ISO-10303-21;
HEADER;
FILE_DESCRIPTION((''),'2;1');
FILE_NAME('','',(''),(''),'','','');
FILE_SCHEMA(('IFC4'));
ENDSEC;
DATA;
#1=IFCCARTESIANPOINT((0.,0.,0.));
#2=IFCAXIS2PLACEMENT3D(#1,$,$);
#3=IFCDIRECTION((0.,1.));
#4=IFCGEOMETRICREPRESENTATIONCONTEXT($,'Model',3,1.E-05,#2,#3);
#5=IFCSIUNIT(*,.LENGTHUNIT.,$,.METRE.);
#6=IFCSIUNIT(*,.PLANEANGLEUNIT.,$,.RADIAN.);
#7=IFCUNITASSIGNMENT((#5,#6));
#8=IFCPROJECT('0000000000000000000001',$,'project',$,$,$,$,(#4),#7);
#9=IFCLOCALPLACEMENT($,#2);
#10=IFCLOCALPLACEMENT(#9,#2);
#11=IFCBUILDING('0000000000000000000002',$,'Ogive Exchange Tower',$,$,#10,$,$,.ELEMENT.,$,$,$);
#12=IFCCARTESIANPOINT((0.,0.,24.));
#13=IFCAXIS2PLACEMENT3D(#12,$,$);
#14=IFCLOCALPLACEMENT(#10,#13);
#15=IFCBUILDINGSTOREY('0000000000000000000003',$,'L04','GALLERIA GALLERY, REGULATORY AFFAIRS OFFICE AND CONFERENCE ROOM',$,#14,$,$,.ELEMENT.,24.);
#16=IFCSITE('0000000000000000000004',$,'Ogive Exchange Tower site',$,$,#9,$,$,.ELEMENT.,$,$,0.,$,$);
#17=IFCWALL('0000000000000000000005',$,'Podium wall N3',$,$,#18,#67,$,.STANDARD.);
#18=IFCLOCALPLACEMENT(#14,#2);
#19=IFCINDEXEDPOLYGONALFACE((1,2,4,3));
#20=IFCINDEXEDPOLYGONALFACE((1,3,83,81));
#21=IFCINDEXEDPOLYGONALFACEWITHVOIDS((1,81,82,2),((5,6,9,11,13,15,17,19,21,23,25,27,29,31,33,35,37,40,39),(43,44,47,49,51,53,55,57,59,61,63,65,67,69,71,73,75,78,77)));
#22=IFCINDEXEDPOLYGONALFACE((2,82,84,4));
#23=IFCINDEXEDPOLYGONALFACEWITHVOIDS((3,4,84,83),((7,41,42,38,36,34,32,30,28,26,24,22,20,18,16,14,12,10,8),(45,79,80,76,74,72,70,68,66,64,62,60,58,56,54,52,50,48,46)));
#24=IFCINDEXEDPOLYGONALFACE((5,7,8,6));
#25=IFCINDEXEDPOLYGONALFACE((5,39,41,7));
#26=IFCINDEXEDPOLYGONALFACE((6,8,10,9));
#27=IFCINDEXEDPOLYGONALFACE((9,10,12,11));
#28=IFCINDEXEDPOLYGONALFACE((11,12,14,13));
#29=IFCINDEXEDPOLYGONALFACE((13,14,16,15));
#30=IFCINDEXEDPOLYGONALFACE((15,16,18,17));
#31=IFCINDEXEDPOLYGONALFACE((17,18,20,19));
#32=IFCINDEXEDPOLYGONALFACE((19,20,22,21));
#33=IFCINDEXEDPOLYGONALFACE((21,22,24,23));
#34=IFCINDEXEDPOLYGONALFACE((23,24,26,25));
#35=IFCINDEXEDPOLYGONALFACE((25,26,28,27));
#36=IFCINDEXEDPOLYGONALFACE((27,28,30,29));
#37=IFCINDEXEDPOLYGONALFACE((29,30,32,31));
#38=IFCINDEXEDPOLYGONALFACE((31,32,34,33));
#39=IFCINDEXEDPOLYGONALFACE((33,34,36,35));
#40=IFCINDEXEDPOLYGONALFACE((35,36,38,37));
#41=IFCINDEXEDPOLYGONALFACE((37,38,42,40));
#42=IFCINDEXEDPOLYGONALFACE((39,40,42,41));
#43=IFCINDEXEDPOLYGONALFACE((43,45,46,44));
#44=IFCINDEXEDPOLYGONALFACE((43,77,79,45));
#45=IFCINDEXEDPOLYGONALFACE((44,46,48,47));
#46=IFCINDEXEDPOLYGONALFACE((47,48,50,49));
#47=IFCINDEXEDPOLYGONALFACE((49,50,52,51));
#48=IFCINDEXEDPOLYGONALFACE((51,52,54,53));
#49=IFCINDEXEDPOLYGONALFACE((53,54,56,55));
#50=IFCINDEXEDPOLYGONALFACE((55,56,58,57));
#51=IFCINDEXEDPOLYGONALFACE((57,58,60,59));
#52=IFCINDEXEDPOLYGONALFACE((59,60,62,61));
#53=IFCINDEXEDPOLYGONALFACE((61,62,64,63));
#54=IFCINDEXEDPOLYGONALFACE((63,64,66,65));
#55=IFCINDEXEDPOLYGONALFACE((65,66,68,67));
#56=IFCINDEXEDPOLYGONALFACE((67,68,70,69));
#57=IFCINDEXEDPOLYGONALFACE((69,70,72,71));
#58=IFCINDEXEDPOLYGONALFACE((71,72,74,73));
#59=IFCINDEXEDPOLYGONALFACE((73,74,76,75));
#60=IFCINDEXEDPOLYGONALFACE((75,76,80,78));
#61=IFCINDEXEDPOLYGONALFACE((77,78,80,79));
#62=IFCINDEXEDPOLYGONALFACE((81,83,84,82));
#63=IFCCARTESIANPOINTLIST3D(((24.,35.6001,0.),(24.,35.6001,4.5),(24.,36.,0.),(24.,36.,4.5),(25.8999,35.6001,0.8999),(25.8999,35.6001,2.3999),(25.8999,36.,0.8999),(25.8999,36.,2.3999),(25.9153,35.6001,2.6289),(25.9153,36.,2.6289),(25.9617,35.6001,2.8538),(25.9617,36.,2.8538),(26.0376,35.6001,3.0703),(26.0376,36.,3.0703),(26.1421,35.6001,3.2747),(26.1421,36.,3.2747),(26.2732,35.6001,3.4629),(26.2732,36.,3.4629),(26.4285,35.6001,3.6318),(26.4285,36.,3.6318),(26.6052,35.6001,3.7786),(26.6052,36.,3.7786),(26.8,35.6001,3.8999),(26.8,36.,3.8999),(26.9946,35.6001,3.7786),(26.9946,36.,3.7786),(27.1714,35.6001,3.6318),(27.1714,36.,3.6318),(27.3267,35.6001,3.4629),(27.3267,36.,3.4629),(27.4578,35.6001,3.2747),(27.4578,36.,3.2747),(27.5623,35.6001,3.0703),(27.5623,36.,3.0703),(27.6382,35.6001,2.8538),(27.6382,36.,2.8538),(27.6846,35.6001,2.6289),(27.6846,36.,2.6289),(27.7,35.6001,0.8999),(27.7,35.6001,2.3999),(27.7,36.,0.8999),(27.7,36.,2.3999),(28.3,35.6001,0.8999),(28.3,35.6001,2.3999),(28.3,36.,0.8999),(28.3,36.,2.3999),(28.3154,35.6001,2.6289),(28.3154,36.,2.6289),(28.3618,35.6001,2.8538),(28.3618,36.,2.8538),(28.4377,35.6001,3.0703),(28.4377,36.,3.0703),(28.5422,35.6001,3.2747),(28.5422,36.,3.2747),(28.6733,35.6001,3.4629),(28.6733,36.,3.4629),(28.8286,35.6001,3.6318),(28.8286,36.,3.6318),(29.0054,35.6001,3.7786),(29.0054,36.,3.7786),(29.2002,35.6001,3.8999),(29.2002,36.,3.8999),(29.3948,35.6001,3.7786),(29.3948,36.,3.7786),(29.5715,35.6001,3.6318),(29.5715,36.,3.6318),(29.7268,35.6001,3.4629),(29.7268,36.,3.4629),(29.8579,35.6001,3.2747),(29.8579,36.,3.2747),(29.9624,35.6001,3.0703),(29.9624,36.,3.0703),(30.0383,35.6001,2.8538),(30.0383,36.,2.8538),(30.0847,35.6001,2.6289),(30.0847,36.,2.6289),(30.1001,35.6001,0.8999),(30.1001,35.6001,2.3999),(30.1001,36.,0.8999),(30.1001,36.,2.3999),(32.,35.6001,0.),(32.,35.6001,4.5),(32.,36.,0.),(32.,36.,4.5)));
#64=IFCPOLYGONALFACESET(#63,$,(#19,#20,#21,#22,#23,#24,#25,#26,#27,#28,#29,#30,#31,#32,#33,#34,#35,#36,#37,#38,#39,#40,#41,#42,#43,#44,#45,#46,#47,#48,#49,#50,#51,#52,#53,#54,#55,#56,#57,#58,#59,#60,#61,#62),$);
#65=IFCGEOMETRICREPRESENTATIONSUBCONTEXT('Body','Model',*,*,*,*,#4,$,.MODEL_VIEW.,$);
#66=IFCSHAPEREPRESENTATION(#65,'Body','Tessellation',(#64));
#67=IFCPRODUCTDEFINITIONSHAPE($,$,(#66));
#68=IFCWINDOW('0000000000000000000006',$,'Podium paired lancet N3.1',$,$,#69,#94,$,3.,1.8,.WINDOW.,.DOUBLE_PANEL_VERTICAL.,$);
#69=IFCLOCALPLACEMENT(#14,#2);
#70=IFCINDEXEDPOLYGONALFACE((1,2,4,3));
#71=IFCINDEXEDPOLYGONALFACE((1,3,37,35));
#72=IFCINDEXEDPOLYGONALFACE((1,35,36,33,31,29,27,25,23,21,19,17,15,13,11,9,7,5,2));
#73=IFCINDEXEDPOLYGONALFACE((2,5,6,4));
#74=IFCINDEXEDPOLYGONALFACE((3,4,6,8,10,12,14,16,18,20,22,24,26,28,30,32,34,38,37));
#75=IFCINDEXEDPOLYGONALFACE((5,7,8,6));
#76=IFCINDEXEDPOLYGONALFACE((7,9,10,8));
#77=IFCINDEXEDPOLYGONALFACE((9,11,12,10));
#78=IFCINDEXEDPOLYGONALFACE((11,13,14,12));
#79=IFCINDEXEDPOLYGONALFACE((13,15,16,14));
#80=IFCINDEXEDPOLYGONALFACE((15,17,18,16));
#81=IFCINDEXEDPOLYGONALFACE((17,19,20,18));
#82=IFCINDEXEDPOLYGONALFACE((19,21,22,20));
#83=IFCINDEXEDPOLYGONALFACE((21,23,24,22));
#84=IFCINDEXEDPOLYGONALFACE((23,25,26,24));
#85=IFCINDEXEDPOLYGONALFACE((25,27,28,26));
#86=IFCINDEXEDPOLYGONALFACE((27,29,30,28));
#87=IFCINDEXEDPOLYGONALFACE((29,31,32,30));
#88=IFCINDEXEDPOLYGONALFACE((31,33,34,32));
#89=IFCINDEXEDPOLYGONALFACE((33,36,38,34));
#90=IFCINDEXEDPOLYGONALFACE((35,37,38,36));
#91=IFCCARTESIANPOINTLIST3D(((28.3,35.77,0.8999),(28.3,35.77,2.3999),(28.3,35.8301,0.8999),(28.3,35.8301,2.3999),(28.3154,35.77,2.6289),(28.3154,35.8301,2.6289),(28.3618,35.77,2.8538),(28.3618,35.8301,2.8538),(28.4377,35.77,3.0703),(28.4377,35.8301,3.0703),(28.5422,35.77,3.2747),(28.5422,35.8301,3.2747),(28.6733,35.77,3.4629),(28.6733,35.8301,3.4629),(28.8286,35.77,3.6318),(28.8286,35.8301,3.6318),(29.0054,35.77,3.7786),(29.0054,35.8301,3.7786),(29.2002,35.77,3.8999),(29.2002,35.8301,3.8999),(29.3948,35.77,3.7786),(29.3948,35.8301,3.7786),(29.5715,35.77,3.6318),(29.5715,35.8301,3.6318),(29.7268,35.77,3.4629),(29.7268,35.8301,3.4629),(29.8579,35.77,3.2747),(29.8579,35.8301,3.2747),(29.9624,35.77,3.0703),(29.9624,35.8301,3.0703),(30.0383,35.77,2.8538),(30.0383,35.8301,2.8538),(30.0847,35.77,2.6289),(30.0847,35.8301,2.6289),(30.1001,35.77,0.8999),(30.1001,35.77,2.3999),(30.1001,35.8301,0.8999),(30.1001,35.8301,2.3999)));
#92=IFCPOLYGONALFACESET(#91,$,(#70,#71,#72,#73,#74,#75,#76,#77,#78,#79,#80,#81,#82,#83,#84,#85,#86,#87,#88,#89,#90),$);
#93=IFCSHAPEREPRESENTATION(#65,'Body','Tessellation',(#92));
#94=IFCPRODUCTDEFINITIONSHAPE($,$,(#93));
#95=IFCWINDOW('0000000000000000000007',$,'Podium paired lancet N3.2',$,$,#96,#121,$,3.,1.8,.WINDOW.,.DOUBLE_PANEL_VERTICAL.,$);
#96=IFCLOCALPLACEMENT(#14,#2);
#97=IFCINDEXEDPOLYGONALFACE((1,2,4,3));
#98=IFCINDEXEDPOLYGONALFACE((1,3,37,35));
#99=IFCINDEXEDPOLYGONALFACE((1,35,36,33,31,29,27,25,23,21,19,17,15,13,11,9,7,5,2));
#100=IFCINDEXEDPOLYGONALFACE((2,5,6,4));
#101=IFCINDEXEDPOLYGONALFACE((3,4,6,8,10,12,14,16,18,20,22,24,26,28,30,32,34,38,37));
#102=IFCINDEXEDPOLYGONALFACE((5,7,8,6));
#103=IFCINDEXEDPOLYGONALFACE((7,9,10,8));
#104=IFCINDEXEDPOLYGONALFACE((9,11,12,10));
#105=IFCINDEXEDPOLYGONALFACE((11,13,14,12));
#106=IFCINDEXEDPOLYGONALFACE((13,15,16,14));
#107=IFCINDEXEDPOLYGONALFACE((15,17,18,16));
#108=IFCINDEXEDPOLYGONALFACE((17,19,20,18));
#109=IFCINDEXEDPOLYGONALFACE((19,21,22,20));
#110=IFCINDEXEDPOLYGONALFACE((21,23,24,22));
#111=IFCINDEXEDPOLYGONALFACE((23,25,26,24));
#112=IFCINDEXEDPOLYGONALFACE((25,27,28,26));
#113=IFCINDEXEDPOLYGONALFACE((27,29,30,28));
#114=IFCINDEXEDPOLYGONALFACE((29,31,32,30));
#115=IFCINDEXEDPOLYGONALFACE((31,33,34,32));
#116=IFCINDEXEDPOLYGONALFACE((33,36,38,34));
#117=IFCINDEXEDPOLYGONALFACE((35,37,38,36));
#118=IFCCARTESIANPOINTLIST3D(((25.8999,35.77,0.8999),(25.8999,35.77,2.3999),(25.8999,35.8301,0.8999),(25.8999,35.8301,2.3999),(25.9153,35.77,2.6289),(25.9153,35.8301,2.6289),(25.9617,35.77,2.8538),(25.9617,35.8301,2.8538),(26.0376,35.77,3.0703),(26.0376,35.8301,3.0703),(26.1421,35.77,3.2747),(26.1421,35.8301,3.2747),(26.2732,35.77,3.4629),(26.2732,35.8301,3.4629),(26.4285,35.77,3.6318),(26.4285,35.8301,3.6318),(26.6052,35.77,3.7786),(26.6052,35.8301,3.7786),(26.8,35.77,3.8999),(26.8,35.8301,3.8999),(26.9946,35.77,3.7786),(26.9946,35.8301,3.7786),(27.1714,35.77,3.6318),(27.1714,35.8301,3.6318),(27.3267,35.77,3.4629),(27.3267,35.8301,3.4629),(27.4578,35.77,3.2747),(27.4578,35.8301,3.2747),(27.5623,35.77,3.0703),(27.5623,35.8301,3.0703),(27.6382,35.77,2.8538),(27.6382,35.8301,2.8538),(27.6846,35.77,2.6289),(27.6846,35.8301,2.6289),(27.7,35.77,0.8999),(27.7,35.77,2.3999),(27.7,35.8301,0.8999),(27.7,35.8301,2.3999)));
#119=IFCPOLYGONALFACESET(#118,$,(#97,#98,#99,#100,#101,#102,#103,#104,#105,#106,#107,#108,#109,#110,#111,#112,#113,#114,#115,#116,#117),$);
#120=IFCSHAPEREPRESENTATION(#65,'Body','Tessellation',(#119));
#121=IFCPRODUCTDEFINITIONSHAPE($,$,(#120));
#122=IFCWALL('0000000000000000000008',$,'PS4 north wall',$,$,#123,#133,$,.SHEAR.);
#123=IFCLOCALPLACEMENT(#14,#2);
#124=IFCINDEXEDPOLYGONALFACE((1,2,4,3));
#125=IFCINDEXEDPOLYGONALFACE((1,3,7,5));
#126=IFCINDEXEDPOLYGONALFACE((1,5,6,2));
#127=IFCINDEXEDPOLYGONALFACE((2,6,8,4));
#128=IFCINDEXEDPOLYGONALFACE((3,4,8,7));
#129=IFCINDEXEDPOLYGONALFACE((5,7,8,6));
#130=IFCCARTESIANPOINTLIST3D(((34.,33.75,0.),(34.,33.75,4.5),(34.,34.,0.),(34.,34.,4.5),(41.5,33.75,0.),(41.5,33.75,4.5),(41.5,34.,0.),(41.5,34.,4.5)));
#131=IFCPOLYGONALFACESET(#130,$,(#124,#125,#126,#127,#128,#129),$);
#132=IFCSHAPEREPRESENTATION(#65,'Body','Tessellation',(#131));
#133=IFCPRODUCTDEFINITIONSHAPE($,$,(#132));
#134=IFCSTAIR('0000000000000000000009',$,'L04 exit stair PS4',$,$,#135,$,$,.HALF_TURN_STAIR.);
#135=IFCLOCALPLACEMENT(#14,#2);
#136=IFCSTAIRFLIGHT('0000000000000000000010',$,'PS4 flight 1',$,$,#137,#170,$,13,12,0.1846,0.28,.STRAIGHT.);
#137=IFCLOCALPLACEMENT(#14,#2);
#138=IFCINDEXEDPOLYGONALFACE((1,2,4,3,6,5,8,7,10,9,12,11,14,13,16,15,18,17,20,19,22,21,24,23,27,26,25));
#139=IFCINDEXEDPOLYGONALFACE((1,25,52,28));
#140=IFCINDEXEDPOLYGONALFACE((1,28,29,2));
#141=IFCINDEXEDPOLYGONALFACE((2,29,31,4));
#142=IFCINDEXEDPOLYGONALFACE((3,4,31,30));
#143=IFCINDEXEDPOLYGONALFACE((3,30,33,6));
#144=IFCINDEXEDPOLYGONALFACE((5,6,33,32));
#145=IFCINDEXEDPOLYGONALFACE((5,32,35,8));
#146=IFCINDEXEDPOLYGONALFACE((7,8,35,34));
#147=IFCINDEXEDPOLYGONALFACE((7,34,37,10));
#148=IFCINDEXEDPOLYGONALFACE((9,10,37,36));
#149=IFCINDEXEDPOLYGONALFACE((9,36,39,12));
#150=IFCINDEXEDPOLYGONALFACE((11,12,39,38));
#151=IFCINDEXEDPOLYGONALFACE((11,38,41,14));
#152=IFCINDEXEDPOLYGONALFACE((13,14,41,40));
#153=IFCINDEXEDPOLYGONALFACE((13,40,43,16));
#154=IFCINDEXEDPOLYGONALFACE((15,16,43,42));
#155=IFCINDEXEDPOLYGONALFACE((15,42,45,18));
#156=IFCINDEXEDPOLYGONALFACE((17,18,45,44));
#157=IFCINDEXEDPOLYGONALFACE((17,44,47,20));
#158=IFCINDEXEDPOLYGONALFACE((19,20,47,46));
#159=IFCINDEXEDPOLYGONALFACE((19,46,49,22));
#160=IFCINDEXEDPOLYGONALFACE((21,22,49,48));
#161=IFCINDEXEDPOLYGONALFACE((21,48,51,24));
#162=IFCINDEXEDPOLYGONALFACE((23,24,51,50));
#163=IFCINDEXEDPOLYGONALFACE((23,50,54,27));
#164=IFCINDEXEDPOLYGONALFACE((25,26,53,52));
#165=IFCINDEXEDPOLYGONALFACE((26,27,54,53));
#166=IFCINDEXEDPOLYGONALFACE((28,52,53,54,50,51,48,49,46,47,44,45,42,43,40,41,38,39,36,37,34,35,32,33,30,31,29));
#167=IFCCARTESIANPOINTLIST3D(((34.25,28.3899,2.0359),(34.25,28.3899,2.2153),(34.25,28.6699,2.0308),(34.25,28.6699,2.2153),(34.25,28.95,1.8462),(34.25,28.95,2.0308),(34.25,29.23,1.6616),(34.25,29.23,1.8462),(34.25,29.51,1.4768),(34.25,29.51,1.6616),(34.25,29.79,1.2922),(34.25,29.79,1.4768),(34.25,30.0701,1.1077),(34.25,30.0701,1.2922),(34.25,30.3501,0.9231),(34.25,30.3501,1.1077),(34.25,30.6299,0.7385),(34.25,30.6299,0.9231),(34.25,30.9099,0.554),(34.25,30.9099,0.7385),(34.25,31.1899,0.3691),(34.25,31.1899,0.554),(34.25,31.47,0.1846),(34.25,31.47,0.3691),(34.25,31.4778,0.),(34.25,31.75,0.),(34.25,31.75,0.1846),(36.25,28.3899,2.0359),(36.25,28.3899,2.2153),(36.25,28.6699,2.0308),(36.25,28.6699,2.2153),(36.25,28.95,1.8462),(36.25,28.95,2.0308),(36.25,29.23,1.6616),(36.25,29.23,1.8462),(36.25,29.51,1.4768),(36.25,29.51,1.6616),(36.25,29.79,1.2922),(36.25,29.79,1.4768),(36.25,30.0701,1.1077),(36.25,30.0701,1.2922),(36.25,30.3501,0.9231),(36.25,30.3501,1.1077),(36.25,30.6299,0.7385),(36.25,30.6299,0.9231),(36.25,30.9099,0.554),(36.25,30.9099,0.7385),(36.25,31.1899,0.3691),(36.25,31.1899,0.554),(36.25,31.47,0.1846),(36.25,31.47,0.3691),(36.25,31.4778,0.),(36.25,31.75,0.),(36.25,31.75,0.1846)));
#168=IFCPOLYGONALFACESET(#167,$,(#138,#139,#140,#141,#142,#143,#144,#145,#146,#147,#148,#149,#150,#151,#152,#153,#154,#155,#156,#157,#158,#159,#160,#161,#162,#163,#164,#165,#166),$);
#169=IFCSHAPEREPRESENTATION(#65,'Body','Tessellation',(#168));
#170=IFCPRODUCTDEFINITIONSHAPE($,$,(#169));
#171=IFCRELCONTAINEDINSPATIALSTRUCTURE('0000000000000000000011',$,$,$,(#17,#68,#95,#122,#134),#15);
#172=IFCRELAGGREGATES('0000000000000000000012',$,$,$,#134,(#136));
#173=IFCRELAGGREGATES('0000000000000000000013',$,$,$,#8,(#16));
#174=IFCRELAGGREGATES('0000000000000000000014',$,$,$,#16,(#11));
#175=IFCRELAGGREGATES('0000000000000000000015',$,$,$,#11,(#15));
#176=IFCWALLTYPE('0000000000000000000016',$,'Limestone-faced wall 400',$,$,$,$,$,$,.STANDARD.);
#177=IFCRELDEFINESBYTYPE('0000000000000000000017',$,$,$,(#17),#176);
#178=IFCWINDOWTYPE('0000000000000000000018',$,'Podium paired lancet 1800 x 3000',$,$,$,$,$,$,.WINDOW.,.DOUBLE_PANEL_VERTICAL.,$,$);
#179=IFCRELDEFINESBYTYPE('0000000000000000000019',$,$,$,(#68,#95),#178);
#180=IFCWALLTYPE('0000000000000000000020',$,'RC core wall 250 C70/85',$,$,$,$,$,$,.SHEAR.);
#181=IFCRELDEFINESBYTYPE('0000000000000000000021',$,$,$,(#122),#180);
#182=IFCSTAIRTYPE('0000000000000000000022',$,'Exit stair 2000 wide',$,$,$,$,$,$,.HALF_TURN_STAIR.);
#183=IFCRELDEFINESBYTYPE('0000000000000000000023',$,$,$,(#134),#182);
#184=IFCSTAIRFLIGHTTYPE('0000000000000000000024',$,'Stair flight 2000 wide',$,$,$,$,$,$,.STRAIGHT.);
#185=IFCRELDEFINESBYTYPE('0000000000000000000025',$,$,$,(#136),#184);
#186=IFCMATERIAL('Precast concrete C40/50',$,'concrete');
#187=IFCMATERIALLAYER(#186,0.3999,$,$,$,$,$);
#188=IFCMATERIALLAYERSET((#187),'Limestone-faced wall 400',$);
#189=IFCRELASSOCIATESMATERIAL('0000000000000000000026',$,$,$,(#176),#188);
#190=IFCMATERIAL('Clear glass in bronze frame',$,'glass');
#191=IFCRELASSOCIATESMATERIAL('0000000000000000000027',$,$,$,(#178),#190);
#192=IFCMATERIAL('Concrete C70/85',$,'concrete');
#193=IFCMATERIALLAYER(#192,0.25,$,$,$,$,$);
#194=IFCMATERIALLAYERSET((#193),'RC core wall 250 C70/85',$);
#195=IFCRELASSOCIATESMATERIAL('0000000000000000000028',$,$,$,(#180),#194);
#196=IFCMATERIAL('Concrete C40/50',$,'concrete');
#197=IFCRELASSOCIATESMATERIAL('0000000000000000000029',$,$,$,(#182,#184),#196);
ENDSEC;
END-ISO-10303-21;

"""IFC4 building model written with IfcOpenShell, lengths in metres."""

from ifc_helpers import new_model, si_unit, direction, frame, frame_2d, origin, place, context, subcontext, project, spatial, polyline, rectangle, outline, extrude, material, layer, layer_set, type_object, element, fill, aggregate, save


model = new_model("IFC4")

# Units and contexts
model_context = context("Model", 3, precision=1e-05, world=origin(), true_north=direction((0.0, 1.0)))
body_context = subcontext(model_context, "Body", "Model", "MODEL_VIEW")
ifc_project = project(units=[si_unit("LENGTHUNIT", "METRE"), si_unit("PLANEANGLEUNIT", "RADIAN")], contexts=[model_context])

# Site, building, storey
site_placement = place(None, origin())
site = spatial("IfcSite", under=ifc_project, at=site_placement, Name="Ogive Exchange Tower site", CompositionType="ELEMENT", RefElevation=0.0)
building_placement = place(site_placement, origin())
building = spatial("IfcBuilding", under=site, at=building_placement, Name="Ogive Exchange Tower", CompositionType="ELEMENT")
storey_placement = place(building_placement, frame((0.0, 0.0, 24.0)))
storey = spatial("IfcBuildingStorey", under=building, at=storey_placement, Name="L04", Description="GALLERIA GALLERY, REGULATORY AFFAIRS OFFICE AND CONFERENCE ROOM", CompositionType="ELEMENT", Elevation=24.0)

# Shared definitions
ifc_material_1 = material(Name="Concrete C70/85", Category="concrete")

# Shared definitions
ifc_material_2 = material(Name="Precast concrete C40/50", Category="concrete")
ifc_layer_1 = layer(ifc_material_2, 0.3999)
ifc_layer_set_1 = layer_set([ifc_layer_1], Name="Limestone-faced wall 400")
wall_type_1 = type_object("IfcWallType", Name="Limestone-faced wall 400", PredefinedType="STANDARD", material=ifc_layer_set_1)

# Wall, openings, windows
ifc_material_3 = material(Name="Clear glass in bronze frame", Category="glass")
window_type = type_object("IfcWindowType", Name="Podium paired lancet 1800 x 3000", PartitioningType="DOUBLE_PANEL_VERTICAL", PredefinedType="WINDOW", material=ifc_material_3)
wall_1_placement = place(storey_placement, frame((32.0, 35.8, 0.0), z_axis=(0.0, 0.0, 1.0), x_axis=(-1.0, 0.0, 0.0)))
wall_1 = element("IfcWall", 1, at=wall_1_placement, inside=storey, type_object=wall_type_1, Name="Podium wall N3", PredefinedType="STANDARD", context=body_context, shape_type="SweptSolid", body=[
    extrude(rectangle(XDim=8.0, YDim=0.3999, at=frame_2d((4.0, 0.0))), origin(), (0.0, 0.0, 1.0), 4.5),
])
opening_1_placement = place(wall_1_placement, frame((1.8999, 0.0, 0.8999)))
opening_1 = element("IfcOpeningElement", 2, at=opening_1_placement, cuts=wall_1, PredefinedType="OPENING", context=body_context, shape_type="SweptSolid", body=[
    extrude(outline(polyline([(0.0, 0.0), (1.8, 0.0), (1.8, 1.5), (1.7847, 1.729), (1.7383, 1.9539), (1.6624, 2.1704), (1.5579, 2.3748), (1.4268, 2.563), (1.2715, 2.7319), (1.0947, 2.8787), (0.8999, 3.0), (0.7053, 2.8787), (0.5286, 2.7319), (0.3733, 2.563), (0.2422, 2.3748), (0.1377, 2.1704), (0.0618, 1.9539), (0.0154, 1.729), (0.0, 1.5), (0.0, 0.0)])), frame((0.0, 0.21, 0.0), z_axis=(0.0, -1.0, 0.0), x_axis=(1.0, 0.0, 0.0)), (0.0, 0.0, 1.0), 0.4199),
])
opening_2_placement = place(wall_1_placement, frame((4.3, 0.0, 0.8999)))
opening_2 = element("IfcOpeningElement", 3, at=opening_2_placement, cuts=wall_1, PredefinedType="OPENING", context=body_context, shape_type="SweptSolid", body=[
    extrude(outline(polyline([(0.0, 0.0), (1.8, 0.0), (1.8, 1.5), (1.7847, 1.729), (1.7383, 1.9539), (1.6624, 2.1704), (1.5579, 2.3748), (1.4268, 2.563), (1.2715, 2.7319), (1.0947, 2.8787), (0.8999, 3.0), (0.7053, 2.8787), (0.5286, 2.7319), (0.3733, 2.563), (0.2422, 2.3748), (0.1377, 2.1704), (0.0618, 1.9539), (0.0154, 1.729), (0.0, 1.5), (0.0, 0.0)])), frame((0.0, 0.21, 0.0), z_axis=(0.0, -1.0, 0.0), x_axis=(1.0, 0.0, 0.0)), (0.0, 0.0, 1.0), 0.4199),
])
window_1_placement = place(opening_1_placement, origin())
window_1 = element("IfcWindow", 4, at=window_1_placement, inside=storey, type_object=window_type, Name="Podium paired lancet N3.1", OverallHeight=3.0, OverallWidth=1.8, PartitioningType="DOUBLE_PANEL_VERTICAL", PredefinedType="WINDOW", context=body_context, shape_type="SweptSolid", body=[
    extrude(outline(polyline([(0.0, 0.0), (1.8, 0.0), (1.8, 1.5), (1.7847, 1.729), (1.7383, 1.9539), (1.6624, 2.1704), (1.5579, 2.3748), (1.4268, 2.563), (1.2715, 2.7319), (1.0947, 2.8787), (0.8999, 3.0), (0.7053, 2.8787), (0.5286, 2.7319), (0.3733, 2.563), (0.2422, 2.3748), (0.1377, 2.1704), (0.0618, 1.9539), (0.0154, 1.729), (0.0, 1.5), (0.0, 0.0)])), frame((0.0, 0.03, 0.0), z_axis=(0.0, -1.0, 0.0), x_axis=(1.0, 0.0, 0.0)), (0.0, 0.0, 1.0), 0.0601),
])
fill(opening_1, window_1)
window_2_placement = place(opening_2_placement, origin())
window_2 = element("IfcWindow", 5, at=window_2_placement, inside=storey, type_object=window_type, Name="Podium paired lancet N3.2", OverallHeight=3.0, OverallWidth=1.8, PartitioningType="DOUBLE_PANEL_VERTICAL", PredefinedType="WINDOW", context=body_context, shape_type="SweptSolid", body=[
    extrude(outline(polyline([(0.0, 0.0), (1.8, 0.0), (1.8, 1.5), (1.7847, 1.729), (1.7383, 1.9539), (1.6624, 2.1704), (1.5579, 2.3748), (1.4268, 2.563), (1.2715, 2.7319), (1.0947, 2.8787), (0.8999, 3.0), (0.7053, 2.8787), (0.5286, 2.7319), (0.3733, 2.563), (0.2422, 2.3748), (0.1377, 2.1704), (0.0618, 1.9539), (0.0154, 1.729), (0.0, 1.5), (0.0, 0.0)])), frame((0.0, 0.03, 0.0), z_axis=(0.0, -1.0, 0.0), x_axis=(1.0, 0.0, 0.0)), (0.0, 0.0, 1.0), 0.0601),
])
fill(opening_2, window_2)

# Wall
ifc_layer_2 = layer(ifc_material_1, 0.25)
ifc_layer_set_2 = layer_set([ifc_layer_2], Name="RC core wall 250 C70/85")
wall_type_2 = type_object("IfcWallType", Name="RC core wall 250 C70/85", PredefinedType="SHEAR", material=ifc_layer_set_2)
wall_2_placement = place(storey_placement, frame((34.0, 33.875, 0.0), z_axis=(0.0, 0.0, 1.0), x_axis=(1.0, 0.0, 0.0)))
element("IfcWall", 6, at=wall_2_placement, inside=storey, type_object=wall_type_2, Name="PS4 north wall", PredefinedType="SHEAR", context=body_context, shape_type="SweptSolid", body=[
    extrude(rectangle(XDim=7.5, YDim=0.25, at=frame_2d((3.75, 0.0))), origin(), (0.0, 0.0, 1.0), 4.5),
])

# Stair, stair flight
ifc_material_4 = material(Name="Concrete C40/50", Category="concrete")
stair_type = type_object("IfcStairType", Name="Exit stair 2000 wide", PredefinedType="HALF_TURN_STAIR", material=ifc_material_4)
stair_placement = place(storey_placement, origin())
stair = element("IfcStair", 7, at=stair_placement, inside=storey, type_object=stair_type, Name="L04 exit stair PS4", PredefinedType="HALF_TURN_STAIR")
stair_flight_type = type_object("IfcStairFlightType", Name="Stair flight 2000 wide", PredefinedType="STRAIGHT", material=ifc_material_4)
stair_flight_1_placement = place(storey_placement, frame((35.25, 31.75, 0.0), z_axis=(0.0, 0.0, 1.0), x_axis=(0.0, -1.0, 0.0)))
stair_flight_1 = element("IfcStairFlight", 8, at=stair_flight_1_placement, type_object=stair_flight_type, Name="PS4 flight 1", NumberOfRisers=13, NumberOfTreads=12, PredefinedType="STRAIGHT", RiserHeight=0.1846, TreadLength=0.28, context=body_context, shape_type="SweptSolid", body=[
    extrude(outline(polyline([(0.0, 0.0), (0.0, 0.1846), (0.28, 0.1846), (0.28, 0.3691), (0.5601, 0.3691), (0.5601, 0.554), (0.8401, 0.554), (0.8401, 0.7385), (1.1201, 0.7385), (1.1201, 0.9231), (1.3999, 0.9231), (1.3999, 1.1077), (1.6799, 1.1077), (1.6799, 1.2922), (1.96, 1.2922), (1.96, 1.4768), (2.24, 1.4768), (2.24, 1.6616), (2.52, 1.6616), (2.52, 1.8462), (2.8, 1.8462), (2.8, 2.0308), (3.0801, 2.0308), (3.0801, 2.2153), (3.3601, 2.2153), (3.3601, 2.3999), (3.3601, 2.0359), (0.2722, 0.0), (0.0, 0.0)])), frame((0.0, 1.0, 0.0), z_axis=(0.0, -1.0, 0.0), x_axis=(1.0, 0.0, 0.0)), (0.0, 0.0, 1.0), 2.0),
])
aggregate(stair, [stair_flight_1])

save(model, "model.ifc")
